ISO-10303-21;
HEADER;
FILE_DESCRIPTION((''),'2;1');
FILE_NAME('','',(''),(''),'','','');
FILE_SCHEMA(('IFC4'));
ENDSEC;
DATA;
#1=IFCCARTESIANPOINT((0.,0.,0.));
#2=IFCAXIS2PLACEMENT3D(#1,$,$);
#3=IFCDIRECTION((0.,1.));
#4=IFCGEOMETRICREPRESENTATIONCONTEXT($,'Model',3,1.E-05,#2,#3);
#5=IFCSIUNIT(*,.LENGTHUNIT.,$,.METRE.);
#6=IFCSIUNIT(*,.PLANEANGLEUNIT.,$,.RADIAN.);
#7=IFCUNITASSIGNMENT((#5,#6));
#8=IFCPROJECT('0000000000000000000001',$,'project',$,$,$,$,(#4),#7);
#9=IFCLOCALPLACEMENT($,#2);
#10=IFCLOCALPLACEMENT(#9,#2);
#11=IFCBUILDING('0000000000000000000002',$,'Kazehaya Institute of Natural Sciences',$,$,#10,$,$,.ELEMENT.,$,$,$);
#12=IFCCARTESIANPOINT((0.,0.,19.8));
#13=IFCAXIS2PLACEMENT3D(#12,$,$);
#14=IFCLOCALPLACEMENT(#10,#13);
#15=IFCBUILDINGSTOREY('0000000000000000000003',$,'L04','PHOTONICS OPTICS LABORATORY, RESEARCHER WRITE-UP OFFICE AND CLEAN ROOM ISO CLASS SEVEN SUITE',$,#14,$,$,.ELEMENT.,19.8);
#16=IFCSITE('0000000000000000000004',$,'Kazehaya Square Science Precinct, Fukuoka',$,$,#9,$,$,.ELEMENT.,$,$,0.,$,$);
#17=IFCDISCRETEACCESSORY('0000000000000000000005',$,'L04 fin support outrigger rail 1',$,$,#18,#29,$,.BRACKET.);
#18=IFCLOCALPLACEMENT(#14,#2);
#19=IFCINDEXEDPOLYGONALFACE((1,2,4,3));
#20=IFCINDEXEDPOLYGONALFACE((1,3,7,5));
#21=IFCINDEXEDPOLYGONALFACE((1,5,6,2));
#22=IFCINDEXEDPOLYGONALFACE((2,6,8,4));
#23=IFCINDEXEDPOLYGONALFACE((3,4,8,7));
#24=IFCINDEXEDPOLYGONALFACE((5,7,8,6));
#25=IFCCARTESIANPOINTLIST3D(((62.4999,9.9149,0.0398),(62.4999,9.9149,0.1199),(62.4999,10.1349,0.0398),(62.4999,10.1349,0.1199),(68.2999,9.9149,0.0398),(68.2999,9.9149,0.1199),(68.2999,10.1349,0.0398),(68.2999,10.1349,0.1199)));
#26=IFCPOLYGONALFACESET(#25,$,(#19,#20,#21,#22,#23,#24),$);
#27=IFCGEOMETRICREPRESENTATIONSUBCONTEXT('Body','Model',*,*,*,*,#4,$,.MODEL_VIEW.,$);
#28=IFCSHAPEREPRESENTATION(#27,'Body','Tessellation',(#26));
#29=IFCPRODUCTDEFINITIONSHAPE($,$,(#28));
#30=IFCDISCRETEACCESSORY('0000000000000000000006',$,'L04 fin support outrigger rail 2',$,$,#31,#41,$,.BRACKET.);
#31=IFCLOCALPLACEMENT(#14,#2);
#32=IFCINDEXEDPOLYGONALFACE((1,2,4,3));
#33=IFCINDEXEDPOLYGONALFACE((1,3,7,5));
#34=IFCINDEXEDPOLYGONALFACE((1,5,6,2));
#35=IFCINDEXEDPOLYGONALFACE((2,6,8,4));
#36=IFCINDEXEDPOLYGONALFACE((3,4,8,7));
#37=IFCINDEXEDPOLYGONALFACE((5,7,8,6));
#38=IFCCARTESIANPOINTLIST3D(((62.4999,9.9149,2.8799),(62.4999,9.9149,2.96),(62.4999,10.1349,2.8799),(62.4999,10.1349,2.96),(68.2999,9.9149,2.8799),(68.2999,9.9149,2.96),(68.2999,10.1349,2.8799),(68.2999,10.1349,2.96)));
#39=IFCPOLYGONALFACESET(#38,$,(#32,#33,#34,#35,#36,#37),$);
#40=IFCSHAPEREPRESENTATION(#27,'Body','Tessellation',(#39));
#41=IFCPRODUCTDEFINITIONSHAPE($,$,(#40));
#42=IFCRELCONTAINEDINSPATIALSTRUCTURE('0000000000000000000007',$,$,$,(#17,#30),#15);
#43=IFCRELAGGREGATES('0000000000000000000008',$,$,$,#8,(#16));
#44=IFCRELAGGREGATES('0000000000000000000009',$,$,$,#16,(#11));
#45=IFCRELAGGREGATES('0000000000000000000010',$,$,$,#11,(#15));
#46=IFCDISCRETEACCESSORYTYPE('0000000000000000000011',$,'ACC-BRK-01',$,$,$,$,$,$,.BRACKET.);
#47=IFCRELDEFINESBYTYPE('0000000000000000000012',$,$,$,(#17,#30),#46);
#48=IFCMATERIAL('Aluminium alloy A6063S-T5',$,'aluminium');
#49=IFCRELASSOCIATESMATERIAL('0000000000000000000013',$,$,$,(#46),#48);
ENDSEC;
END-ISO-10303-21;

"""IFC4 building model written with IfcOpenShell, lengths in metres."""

from ifc_helpers import new_model, si_unit, direction, frame, origin, origin_2d, place, context, subcontext, project, spatial, rectangle, extrude, material, type_object, element, save


model = new_model("IFC4")

# Units and contexts
model_context = context("Model", 3, precision=1e-05, world=origin(), true_north=direction((0.0, 1.0)))
body_context = subcontext(model_context, "Body", "Model", "MODEL_VIEW")
ifc_project = project(units=[si_unit("LENGTHUNIT", "METRE"), si_unit("PLANEANGLEUNIT", "RADIAN")], contexts=[model_context])

# Site, building, storey
site_placement = place(None, origin())
site = spatial("IfcSite", under=ifc_project, at=site_placement, Name="Kazehaya Square Science Precinct, Fukuoka", CompositionType="ELEMENT", RefElevation=0.0)
building_placement = place(site_placement, origin())
building = spatial("IfcBuilding", under=site, at=building_placement, Name="Kazehaya Institute of Natural Sciences", CompositionType="ELEMENT")
storey_placement = place(building_placement, frame((0.0, 0.0, 19.8)))
storey = spatial("IfcBuildingStorey", under=building, at=storey_placement, Name="L04", Description="PHOTONICS OPTICS LABORATORY, RESEARCHER WRITE-UP OFFICE AND CLEAN ROOM ISO CLASS SEVEN SUITE", CompositionType="ELEMENT", Elevation=19.8)

# Shared definitions
ifc_material_1 = material(Name="Aluminium alloy A6063S-T5", Category="aluminium")

# Discrete accessories
discrete_accessory_type = type_object("IfcDiscreteAccessoryType", Name="ACC-BRK-01", PredefinedType="BRACKET", material=ifc_material_1)
for number, where, z_axis, x_axis, name in (
    (1, (65.3999, 10.0249, 0.0398), (0.0, 0.0, 1.0), (-1.0, 0.0, 0.0), "L04 fin support outrigger rail 1"),
    (2, (65.3999, 10.0249, 2.8799), (0.0, 0.0, 1.0), (-1.0, 0.0, 0.0), "L04 fin support outrigger rail 2"),
):
    element("IfcDiscreteAccessory", number, at=place(storey_placement, frame(where, z_axis=z_axis, x_axis=x_axis)), inside=storey, type_object=discrete_accessory_type, Name=name, PredefinedType="BRACKET", context=body_context, shape_type="SweptSolid", body=[
        extrude(rectangle(XDim=5.8, YDim=0.22, at=origin_2d()), origin(), (0.0, 0.0, 1.0), 0.0801),
    ])

save(model, "model.ifc")
